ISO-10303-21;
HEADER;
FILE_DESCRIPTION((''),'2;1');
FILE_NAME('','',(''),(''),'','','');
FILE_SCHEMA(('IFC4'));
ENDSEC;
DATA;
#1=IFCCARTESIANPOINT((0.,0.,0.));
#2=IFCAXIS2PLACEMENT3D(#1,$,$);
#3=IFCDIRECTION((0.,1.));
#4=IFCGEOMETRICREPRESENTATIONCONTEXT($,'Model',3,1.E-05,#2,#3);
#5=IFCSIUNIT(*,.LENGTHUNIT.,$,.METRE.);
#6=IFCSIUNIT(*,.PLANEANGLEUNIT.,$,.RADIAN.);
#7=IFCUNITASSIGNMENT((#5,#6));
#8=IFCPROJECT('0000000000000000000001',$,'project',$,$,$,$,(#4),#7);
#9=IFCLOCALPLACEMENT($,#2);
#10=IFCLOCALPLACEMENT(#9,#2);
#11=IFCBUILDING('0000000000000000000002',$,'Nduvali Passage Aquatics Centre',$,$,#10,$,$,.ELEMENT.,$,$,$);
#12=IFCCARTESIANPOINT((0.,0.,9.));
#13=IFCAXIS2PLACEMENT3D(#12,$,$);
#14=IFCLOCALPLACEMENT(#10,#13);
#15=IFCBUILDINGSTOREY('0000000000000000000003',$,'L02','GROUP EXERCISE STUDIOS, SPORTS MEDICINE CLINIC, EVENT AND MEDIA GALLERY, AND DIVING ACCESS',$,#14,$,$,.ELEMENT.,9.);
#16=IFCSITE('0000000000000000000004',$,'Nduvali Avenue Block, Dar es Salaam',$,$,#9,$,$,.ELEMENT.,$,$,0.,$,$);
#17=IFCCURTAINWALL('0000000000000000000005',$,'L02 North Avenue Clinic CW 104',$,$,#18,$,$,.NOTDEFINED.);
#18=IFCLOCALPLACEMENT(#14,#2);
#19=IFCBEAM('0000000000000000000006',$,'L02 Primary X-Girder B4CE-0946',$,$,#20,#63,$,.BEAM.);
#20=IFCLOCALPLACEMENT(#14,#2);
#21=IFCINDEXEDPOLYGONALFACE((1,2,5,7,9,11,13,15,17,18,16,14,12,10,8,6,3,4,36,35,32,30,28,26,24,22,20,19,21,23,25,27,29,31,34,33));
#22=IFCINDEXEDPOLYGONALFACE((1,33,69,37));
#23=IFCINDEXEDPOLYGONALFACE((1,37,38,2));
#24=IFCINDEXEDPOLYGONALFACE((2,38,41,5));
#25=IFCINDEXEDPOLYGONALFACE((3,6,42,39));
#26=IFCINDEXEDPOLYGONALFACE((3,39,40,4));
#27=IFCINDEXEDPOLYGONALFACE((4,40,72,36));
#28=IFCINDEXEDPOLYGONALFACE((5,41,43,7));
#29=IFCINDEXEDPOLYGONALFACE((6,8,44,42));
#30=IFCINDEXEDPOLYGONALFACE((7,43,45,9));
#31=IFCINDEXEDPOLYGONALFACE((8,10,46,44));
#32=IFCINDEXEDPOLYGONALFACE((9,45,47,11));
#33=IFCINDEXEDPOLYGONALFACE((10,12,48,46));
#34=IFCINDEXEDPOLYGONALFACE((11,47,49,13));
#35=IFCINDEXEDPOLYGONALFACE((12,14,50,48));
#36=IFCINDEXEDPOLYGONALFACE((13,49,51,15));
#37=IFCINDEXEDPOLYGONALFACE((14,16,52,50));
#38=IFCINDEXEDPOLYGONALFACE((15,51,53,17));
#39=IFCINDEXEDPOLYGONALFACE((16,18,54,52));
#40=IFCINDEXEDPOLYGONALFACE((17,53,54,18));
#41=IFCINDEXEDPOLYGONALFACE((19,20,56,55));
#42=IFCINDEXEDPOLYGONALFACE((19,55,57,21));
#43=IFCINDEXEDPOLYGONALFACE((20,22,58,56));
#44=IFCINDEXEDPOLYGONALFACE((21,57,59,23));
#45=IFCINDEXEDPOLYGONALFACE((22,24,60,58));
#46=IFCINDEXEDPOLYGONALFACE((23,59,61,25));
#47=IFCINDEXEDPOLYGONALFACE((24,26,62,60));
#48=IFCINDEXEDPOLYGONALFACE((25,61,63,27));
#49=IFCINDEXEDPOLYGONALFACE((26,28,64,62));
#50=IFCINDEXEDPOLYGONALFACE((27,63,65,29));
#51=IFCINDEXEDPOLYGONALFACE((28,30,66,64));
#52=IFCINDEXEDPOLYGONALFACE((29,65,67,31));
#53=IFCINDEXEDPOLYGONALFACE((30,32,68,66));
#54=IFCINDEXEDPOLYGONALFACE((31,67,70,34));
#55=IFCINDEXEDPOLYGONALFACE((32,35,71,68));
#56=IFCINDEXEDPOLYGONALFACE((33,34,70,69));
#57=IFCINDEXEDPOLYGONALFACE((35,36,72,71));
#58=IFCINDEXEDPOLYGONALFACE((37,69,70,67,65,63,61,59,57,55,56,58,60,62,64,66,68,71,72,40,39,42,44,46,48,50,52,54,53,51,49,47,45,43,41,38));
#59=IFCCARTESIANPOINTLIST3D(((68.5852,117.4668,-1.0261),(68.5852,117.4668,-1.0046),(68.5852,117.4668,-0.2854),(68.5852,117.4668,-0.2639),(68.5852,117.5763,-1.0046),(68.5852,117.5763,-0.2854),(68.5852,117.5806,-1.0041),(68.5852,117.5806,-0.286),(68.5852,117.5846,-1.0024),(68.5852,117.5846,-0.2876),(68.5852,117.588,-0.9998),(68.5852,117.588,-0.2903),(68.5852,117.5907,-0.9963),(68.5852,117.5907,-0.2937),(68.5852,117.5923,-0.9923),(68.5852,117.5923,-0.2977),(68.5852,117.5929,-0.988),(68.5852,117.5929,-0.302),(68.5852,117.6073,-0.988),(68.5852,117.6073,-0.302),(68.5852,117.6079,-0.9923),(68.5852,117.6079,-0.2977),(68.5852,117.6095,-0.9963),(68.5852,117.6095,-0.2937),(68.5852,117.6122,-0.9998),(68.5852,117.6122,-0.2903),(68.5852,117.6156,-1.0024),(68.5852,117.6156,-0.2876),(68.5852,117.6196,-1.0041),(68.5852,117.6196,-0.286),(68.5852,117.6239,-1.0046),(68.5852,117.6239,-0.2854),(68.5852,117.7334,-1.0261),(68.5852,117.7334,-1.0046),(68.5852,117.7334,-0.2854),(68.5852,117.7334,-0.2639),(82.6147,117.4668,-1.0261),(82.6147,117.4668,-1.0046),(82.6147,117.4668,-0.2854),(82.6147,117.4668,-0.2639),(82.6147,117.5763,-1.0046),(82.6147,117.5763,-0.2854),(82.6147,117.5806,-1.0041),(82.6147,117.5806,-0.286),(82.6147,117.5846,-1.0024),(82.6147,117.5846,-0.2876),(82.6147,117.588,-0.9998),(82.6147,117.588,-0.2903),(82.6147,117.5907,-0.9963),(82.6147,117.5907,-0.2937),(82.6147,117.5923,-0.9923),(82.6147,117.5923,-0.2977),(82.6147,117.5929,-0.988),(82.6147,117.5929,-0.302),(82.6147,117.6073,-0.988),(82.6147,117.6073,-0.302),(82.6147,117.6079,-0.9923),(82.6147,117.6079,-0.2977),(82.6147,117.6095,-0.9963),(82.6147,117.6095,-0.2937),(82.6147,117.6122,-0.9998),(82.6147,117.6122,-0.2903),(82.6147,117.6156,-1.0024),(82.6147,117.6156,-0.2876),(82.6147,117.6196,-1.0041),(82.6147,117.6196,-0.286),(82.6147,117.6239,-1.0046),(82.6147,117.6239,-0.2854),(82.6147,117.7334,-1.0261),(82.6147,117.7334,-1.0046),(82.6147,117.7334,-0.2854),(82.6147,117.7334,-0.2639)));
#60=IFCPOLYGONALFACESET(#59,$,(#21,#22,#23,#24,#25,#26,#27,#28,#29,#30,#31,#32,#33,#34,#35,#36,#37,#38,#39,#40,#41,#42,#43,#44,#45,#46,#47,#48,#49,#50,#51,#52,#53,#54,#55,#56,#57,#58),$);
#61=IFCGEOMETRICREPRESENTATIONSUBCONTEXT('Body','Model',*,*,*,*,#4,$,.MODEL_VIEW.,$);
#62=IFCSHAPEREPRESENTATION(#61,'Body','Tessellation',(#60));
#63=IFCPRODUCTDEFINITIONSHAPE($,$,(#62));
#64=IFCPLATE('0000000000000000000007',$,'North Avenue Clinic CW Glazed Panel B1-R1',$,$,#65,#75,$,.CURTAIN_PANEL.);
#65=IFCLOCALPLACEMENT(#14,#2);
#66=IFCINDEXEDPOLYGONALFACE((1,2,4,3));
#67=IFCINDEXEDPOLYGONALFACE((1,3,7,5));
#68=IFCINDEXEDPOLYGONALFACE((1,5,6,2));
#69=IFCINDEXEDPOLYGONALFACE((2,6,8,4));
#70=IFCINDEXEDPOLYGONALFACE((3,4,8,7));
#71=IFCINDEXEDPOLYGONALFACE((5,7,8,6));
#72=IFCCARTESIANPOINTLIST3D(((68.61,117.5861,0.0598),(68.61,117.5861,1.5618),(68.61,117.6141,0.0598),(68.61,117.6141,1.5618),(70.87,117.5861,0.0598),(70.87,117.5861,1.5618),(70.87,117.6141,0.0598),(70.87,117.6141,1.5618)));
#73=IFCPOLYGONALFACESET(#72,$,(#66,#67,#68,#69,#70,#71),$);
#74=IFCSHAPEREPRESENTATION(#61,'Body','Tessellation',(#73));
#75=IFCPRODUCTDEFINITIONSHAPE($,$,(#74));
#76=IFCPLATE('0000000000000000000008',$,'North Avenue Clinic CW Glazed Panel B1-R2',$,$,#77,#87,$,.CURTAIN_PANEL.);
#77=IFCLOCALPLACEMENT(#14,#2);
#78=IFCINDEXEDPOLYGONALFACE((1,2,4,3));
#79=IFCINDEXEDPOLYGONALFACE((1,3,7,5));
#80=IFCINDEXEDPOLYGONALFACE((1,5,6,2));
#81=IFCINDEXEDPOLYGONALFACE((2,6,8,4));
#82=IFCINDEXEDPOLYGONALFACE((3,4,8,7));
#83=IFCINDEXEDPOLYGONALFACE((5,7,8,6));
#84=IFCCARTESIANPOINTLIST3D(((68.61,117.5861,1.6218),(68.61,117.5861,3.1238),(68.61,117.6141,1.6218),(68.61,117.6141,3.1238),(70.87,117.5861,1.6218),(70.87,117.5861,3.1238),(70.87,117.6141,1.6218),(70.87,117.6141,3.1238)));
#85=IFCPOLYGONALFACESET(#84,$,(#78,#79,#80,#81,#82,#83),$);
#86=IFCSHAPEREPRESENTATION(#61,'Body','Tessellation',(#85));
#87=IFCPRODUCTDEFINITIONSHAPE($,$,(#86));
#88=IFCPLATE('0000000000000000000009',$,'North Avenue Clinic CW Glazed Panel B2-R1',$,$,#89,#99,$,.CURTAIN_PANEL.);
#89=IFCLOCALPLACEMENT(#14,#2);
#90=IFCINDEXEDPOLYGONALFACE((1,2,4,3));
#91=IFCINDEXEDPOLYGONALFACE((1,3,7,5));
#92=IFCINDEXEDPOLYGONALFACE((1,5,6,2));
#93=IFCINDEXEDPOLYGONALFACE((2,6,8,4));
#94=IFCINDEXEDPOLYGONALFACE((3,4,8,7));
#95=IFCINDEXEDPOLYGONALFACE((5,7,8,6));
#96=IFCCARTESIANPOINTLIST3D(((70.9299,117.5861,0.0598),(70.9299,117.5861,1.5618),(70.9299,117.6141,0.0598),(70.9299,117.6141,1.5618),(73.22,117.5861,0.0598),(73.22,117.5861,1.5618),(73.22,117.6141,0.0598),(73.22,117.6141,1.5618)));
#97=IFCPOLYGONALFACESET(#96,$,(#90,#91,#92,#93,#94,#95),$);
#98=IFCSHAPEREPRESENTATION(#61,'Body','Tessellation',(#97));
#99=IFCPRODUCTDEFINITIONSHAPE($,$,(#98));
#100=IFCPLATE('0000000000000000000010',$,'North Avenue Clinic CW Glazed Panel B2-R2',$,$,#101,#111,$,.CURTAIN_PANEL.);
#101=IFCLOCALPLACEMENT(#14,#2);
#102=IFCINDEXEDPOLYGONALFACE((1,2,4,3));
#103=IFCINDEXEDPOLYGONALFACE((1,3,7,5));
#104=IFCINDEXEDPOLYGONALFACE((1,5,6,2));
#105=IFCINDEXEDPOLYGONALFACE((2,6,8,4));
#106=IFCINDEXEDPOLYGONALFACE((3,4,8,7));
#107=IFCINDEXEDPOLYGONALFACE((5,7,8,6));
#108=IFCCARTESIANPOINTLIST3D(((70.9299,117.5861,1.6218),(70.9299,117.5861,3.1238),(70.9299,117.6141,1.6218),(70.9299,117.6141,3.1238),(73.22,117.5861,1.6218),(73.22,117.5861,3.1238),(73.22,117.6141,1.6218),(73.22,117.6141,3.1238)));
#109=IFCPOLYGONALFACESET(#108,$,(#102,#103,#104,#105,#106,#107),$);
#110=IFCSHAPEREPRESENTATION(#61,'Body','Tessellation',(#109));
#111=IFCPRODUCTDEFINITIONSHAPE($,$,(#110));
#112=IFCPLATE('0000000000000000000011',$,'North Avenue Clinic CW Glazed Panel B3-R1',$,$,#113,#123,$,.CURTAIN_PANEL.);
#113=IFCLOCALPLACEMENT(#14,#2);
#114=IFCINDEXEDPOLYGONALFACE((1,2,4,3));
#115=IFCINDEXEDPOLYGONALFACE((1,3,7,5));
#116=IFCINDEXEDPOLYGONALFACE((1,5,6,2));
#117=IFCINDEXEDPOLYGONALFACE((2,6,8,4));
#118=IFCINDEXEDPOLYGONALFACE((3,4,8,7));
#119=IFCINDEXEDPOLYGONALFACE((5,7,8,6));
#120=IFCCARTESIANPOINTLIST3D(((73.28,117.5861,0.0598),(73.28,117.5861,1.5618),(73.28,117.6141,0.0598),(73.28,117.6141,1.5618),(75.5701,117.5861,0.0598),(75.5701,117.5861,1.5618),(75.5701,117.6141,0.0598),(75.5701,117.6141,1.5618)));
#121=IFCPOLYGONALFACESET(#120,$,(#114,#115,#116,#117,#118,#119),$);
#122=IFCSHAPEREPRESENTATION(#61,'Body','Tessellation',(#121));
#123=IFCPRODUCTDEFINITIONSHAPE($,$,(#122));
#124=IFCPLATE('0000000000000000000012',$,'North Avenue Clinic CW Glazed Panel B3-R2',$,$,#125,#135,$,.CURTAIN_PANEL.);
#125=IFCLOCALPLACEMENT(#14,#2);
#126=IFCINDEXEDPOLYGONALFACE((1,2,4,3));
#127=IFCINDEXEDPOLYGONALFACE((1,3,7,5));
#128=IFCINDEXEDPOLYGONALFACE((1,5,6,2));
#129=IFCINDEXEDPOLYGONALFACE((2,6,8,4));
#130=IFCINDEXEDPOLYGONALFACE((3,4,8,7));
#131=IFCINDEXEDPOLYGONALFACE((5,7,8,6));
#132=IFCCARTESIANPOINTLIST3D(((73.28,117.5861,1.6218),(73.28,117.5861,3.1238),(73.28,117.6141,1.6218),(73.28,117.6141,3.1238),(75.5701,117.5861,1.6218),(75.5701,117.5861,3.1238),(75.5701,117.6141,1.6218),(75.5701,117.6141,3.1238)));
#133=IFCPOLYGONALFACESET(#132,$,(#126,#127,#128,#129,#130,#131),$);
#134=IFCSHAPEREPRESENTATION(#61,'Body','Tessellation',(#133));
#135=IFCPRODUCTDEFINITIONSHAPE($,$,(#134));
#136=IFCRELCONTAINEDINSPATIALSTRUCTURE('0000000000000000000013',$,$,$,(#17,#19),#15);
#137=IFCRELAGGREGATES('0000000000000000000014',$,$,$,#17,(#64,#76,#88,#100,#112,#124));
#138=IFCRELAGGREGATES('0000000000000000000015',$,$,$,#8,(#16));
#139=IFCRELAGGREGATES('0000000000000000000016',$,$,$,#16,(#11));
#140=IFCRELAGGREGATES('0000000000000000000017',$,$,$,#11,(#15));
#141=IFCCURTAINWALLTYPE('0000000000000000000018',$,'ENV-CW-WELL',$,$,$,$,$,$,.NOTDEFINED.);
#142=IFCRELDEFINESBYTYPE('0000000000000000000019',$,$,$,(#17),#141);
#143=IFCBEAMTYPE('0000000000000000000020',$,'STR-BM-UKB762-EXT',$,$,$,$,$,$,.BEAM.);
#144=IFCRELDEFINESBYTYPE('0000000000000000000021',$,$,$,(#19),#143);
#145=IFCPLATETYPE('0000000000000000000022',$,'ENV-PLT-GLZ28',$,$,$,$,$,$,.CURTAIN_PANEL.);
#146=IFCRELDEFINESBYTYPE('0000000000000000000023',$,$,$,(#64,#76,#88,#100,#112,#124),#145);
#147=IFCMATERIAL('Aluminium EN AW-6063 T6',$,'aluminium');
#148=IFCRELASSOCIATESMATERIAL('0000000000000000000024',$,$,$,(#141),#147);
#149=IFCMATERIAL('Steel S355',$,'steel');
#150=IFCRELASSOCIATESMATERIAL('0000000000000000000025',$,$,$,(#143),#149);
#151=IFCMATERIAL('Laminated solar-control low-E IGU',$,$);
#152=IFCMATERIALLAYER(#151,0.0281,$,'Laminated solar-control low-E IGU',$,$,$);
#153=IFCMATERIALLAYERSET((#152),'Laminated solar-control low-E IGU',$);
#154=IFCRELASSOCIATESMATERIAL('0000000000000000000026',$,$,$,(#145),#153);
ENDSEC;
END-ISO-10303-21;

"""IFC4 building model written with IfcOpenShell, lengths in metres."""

from ifc_helpers import new_model, si_unit, direction, frame, origin, origin_2d, place, context, subcontext, project, spatial, rectangle, i_section, extrude, material, layer, layer_set, material_profile, profile_set, type_object, element, aggregate, save


model = new_model("IFC4")

# Units and contexts
model_context = context("Model", 3, precision=1e-05, world=origin(), true_north=direction((0.0, 1.0)))
body_context = subcontext(model_context, "Body", "Model", "MODEL_VIEW")
ifc_project = project(units=[si_unit("LENGTHUNIT", "METRE"), si_unit("PLANEANGLEUNIT", "RADIAN")], contexts=[model_context])

# Site, building, storey
site_placement = place(None, origin())
site = spatial("IfcSite", under=ifc_project, at=site_placement, Name="Nduvali Avenue Block, Dar es Salaam", CompositionType="ELEMENT", RefElevation=0.0)
building_placement = place(site_placement, origin())
building = spatial("IfcBuilding", under=site, at=building_placement, Name="Nduvali Passage Aquatics Centre", CompositionType="ELEMENT")
storey_placement = place(building_placement, frame((0.0, 0.0, 9.0)))
storey = spatial("IfcBuildingStorey", under=building, at=storey_placement, Name="L02", Description="GROUP EXERCISE STUDIOS, SPORTS MEDICINE CLINIC, EVENT AND MEDIA GALLERY, AND DIVING ACCESS", CompositionType="ELEMENT", Elevation=9.0)

# Shared definitions
ifc_material_1 = material(Name="Steel S355", Category="steel")

# Curtain wall
ifc_material_2 = material(Name="Aluminium EN AW-6063 T6", Category="aluminium")
curtain_wall_type = type_object("IfcCurtainWallType", Name="ENV-CW-WELL", PredefinedType="NOTDEFINED", material=ifc_material_2)
curtain_wall_placement = place(storey_placement, origin())
curtain_wall = element("IfcCurtainWall", 1, at=curtain_wall_placement, inside=storey, type_object=curtain_wall_type, Name="L02 North Avenue Clinic CW 104", PredefinedType="NOTDEFINED")

# Beam
ifc_material_profile_1 = material_profile(ifc_material_1, i_section(OverallWidth=0.2666, OverallDepth=0.7622, WebThickness=0.0144, FlangeThickness=0.0215, FilletRadius=0.0166, at=origin_2d()), Name="UKB 762x267x173")
ifc_profile_set_1 = profile_set([ifc_material_profile_1], Name="Steel S355")
beam_type_1 = type_object("IfcBeamType", Name="STR-BM-UKB762-EXT", PredefinedType="BEAM", material=ifc_profile_set_1)
beam_1_placement = place(storey_placement, frame((68.5852, 117.6001, -0.645), z_axis=(1.0, 0.0, 0.0), x_axis=(0.0, 1.0, 0.0)))
element("IfcBeam", 2, at=beam_1_placement, inside=storey, type_object=beam_type_1, Name="L02 Primary X-Girder B4CE-0946", PredefinedType="BEAM", context=body_context, shape_type="SweptSolid", body=[
    extrude(i_section(OverallWidth=0.2666, OverallDepth=0.7622, WebThickness=0.0144, FlangeThickness=0.0215, FilletRadius=0.0166, at=origin_2d()), origin(), (0.0, 0.0, 1.0), 14.0295),
])

# Plates
ifc_material_3 = material(Name="Laminated solar-control low-E IGU")
ifc_layer = layer(ifc_material_3, 0.0281, Name="Laminated solar-control low-E IGU")
ifc_layer_set = layer_set([ifc_layer], Name="Laminated solar-control low-E IGU")
plate_type = type_object("IfcPlateType", Name="ENV-PLT-GLZ28", PredefinedType="CURTAIN_PANEL", material=ifc_layer_set)
plate_1_placement = place(storey_placement, frame((69.74, 117.6001, 0.0598), z_axis=(0.0, 0.0, 1.0), x_axis=(1.0, 0.0, 0.0)))
plate_1 = element("IfcPlate", 3, at=plate_1_placement, type_object=plate_type, Name="North Avenue Clinic CW Glazed Panel B1-R1", PredefinedType="CURTAIN_PANEL", context=body_context, shape_type="SweptSolid", body=[
    extrude(rectangle(XDim=2.26, YDim=0.0281, at=origin_2d()), origin(), (0.0, 0.0, 1.0), 1.502),
])
plate_2_placement = place(storey_placement, frame((69.74, 117.6001, 1.6218), z_axis=(0.0, 0.0, 1.0), x_axis=(1.0, 0.0, 0.0)))
plate_2 = element("IfcPlate", 4, at=plate_2_placement, type_object=plate_type, Name="North Avenue Clinic CW Glazed Panel B1-R2", PredefinedType="CURTAIN_PANEL", context=body_context, shape_type="SweptSolid", body=[
    extrude(rectangle(XDim=2.26, YDim=0.0281, at=origin_2d()), origin(), (0.0, 0.0, 1.0), 1.502),
])
plate_3_placement = place(storey_placement, frame((72.075, 117.6001, 0.0598), z_axis=(0.0, 0.0, 1.0), x_axis=(1.0, 0.0, 0.0)))
plate_3 = element("IfcPlate", 5, at=plate_3_placement, type_object=plate_type, Name="North Avenue Clinic CW Glazed Panel B2-R1", PredefinedType="CURTAIN_PANEL", context=body_context, shape_type="SweptSolid", body=[
    extrude(rectangle(XDim=2.29, YDim=0.0281, at=origin_2d()), origin(), (0.0, 0.0, 1.0), 1.502),
])
plate_4_placement = place(storey_placement, frame((72.075, 117.6001, 1.6218), z_axis=(0.0, 0.0, 1.0), x_axis=(1.0, 0.0, 0.0)))
plate_4 = element("IfcPlate", 6, at=plate_4_placement, type_object=plate_type, Name="North Avenue Clinic CW Glazed Panel B2-R2", PredefinedType="CURTAIN_PANEL", context=body_context, shape_type="SweptSolid", body=[
    extrude(rectangle(XDim=2.29, YDim=0.0281, at=origin_2d()), origin(), (0.0, 0.0, 1.0), 1.502),
])
plate_5_placement = place(storey_placement, frame((74.425, 117.6001, 0.0598), z_axis=(0.0, 0.0, 1.0), x_axis=(1.0, 0.0, 0.0)))
plate_5 = element("IfcPlate", 7, at=plate_5_placement, type_object=plate_type, Name="North Avenue Clinic CW Glazed Panel B3-R1", PredefinedType="CURTAIN_PANEL", context=body_context, shape_type="SweptSolid", body=[
    extrude(rectangle(XDim=2.29, YDim=0.0281, at=origin_2d()), origin(), (0.0, 0.0, 1.0), 1.502),
])
plate_6_placement = place(storey_placement, frame((74.425, 117.6001, 1.6218), z_axis=(0.0, 0.0, 1.0), x_axis=(1.0, 0.0, 0.0)))
plate_6 = element("IfcPlate", 8, at=plate_6_placement, type_object=plate_type, Name="North Avenue Clinic CW Glazed Panel B3-R2", PredefinedType="CURTAIN_PANEL", context=body_context, shape_type="SweptSolid", body=[
    extrude(rectangle(XDim=2.29, YDim=0.0281, at=origin_2d()), origin(), (0.0, 0.0, 1.0), 1.502),
])
aggregate(curtain_wall, [plate_1, plate_2, plate_3, plate_4, plate_5, plate_6])

save(model, "model.ifc")
